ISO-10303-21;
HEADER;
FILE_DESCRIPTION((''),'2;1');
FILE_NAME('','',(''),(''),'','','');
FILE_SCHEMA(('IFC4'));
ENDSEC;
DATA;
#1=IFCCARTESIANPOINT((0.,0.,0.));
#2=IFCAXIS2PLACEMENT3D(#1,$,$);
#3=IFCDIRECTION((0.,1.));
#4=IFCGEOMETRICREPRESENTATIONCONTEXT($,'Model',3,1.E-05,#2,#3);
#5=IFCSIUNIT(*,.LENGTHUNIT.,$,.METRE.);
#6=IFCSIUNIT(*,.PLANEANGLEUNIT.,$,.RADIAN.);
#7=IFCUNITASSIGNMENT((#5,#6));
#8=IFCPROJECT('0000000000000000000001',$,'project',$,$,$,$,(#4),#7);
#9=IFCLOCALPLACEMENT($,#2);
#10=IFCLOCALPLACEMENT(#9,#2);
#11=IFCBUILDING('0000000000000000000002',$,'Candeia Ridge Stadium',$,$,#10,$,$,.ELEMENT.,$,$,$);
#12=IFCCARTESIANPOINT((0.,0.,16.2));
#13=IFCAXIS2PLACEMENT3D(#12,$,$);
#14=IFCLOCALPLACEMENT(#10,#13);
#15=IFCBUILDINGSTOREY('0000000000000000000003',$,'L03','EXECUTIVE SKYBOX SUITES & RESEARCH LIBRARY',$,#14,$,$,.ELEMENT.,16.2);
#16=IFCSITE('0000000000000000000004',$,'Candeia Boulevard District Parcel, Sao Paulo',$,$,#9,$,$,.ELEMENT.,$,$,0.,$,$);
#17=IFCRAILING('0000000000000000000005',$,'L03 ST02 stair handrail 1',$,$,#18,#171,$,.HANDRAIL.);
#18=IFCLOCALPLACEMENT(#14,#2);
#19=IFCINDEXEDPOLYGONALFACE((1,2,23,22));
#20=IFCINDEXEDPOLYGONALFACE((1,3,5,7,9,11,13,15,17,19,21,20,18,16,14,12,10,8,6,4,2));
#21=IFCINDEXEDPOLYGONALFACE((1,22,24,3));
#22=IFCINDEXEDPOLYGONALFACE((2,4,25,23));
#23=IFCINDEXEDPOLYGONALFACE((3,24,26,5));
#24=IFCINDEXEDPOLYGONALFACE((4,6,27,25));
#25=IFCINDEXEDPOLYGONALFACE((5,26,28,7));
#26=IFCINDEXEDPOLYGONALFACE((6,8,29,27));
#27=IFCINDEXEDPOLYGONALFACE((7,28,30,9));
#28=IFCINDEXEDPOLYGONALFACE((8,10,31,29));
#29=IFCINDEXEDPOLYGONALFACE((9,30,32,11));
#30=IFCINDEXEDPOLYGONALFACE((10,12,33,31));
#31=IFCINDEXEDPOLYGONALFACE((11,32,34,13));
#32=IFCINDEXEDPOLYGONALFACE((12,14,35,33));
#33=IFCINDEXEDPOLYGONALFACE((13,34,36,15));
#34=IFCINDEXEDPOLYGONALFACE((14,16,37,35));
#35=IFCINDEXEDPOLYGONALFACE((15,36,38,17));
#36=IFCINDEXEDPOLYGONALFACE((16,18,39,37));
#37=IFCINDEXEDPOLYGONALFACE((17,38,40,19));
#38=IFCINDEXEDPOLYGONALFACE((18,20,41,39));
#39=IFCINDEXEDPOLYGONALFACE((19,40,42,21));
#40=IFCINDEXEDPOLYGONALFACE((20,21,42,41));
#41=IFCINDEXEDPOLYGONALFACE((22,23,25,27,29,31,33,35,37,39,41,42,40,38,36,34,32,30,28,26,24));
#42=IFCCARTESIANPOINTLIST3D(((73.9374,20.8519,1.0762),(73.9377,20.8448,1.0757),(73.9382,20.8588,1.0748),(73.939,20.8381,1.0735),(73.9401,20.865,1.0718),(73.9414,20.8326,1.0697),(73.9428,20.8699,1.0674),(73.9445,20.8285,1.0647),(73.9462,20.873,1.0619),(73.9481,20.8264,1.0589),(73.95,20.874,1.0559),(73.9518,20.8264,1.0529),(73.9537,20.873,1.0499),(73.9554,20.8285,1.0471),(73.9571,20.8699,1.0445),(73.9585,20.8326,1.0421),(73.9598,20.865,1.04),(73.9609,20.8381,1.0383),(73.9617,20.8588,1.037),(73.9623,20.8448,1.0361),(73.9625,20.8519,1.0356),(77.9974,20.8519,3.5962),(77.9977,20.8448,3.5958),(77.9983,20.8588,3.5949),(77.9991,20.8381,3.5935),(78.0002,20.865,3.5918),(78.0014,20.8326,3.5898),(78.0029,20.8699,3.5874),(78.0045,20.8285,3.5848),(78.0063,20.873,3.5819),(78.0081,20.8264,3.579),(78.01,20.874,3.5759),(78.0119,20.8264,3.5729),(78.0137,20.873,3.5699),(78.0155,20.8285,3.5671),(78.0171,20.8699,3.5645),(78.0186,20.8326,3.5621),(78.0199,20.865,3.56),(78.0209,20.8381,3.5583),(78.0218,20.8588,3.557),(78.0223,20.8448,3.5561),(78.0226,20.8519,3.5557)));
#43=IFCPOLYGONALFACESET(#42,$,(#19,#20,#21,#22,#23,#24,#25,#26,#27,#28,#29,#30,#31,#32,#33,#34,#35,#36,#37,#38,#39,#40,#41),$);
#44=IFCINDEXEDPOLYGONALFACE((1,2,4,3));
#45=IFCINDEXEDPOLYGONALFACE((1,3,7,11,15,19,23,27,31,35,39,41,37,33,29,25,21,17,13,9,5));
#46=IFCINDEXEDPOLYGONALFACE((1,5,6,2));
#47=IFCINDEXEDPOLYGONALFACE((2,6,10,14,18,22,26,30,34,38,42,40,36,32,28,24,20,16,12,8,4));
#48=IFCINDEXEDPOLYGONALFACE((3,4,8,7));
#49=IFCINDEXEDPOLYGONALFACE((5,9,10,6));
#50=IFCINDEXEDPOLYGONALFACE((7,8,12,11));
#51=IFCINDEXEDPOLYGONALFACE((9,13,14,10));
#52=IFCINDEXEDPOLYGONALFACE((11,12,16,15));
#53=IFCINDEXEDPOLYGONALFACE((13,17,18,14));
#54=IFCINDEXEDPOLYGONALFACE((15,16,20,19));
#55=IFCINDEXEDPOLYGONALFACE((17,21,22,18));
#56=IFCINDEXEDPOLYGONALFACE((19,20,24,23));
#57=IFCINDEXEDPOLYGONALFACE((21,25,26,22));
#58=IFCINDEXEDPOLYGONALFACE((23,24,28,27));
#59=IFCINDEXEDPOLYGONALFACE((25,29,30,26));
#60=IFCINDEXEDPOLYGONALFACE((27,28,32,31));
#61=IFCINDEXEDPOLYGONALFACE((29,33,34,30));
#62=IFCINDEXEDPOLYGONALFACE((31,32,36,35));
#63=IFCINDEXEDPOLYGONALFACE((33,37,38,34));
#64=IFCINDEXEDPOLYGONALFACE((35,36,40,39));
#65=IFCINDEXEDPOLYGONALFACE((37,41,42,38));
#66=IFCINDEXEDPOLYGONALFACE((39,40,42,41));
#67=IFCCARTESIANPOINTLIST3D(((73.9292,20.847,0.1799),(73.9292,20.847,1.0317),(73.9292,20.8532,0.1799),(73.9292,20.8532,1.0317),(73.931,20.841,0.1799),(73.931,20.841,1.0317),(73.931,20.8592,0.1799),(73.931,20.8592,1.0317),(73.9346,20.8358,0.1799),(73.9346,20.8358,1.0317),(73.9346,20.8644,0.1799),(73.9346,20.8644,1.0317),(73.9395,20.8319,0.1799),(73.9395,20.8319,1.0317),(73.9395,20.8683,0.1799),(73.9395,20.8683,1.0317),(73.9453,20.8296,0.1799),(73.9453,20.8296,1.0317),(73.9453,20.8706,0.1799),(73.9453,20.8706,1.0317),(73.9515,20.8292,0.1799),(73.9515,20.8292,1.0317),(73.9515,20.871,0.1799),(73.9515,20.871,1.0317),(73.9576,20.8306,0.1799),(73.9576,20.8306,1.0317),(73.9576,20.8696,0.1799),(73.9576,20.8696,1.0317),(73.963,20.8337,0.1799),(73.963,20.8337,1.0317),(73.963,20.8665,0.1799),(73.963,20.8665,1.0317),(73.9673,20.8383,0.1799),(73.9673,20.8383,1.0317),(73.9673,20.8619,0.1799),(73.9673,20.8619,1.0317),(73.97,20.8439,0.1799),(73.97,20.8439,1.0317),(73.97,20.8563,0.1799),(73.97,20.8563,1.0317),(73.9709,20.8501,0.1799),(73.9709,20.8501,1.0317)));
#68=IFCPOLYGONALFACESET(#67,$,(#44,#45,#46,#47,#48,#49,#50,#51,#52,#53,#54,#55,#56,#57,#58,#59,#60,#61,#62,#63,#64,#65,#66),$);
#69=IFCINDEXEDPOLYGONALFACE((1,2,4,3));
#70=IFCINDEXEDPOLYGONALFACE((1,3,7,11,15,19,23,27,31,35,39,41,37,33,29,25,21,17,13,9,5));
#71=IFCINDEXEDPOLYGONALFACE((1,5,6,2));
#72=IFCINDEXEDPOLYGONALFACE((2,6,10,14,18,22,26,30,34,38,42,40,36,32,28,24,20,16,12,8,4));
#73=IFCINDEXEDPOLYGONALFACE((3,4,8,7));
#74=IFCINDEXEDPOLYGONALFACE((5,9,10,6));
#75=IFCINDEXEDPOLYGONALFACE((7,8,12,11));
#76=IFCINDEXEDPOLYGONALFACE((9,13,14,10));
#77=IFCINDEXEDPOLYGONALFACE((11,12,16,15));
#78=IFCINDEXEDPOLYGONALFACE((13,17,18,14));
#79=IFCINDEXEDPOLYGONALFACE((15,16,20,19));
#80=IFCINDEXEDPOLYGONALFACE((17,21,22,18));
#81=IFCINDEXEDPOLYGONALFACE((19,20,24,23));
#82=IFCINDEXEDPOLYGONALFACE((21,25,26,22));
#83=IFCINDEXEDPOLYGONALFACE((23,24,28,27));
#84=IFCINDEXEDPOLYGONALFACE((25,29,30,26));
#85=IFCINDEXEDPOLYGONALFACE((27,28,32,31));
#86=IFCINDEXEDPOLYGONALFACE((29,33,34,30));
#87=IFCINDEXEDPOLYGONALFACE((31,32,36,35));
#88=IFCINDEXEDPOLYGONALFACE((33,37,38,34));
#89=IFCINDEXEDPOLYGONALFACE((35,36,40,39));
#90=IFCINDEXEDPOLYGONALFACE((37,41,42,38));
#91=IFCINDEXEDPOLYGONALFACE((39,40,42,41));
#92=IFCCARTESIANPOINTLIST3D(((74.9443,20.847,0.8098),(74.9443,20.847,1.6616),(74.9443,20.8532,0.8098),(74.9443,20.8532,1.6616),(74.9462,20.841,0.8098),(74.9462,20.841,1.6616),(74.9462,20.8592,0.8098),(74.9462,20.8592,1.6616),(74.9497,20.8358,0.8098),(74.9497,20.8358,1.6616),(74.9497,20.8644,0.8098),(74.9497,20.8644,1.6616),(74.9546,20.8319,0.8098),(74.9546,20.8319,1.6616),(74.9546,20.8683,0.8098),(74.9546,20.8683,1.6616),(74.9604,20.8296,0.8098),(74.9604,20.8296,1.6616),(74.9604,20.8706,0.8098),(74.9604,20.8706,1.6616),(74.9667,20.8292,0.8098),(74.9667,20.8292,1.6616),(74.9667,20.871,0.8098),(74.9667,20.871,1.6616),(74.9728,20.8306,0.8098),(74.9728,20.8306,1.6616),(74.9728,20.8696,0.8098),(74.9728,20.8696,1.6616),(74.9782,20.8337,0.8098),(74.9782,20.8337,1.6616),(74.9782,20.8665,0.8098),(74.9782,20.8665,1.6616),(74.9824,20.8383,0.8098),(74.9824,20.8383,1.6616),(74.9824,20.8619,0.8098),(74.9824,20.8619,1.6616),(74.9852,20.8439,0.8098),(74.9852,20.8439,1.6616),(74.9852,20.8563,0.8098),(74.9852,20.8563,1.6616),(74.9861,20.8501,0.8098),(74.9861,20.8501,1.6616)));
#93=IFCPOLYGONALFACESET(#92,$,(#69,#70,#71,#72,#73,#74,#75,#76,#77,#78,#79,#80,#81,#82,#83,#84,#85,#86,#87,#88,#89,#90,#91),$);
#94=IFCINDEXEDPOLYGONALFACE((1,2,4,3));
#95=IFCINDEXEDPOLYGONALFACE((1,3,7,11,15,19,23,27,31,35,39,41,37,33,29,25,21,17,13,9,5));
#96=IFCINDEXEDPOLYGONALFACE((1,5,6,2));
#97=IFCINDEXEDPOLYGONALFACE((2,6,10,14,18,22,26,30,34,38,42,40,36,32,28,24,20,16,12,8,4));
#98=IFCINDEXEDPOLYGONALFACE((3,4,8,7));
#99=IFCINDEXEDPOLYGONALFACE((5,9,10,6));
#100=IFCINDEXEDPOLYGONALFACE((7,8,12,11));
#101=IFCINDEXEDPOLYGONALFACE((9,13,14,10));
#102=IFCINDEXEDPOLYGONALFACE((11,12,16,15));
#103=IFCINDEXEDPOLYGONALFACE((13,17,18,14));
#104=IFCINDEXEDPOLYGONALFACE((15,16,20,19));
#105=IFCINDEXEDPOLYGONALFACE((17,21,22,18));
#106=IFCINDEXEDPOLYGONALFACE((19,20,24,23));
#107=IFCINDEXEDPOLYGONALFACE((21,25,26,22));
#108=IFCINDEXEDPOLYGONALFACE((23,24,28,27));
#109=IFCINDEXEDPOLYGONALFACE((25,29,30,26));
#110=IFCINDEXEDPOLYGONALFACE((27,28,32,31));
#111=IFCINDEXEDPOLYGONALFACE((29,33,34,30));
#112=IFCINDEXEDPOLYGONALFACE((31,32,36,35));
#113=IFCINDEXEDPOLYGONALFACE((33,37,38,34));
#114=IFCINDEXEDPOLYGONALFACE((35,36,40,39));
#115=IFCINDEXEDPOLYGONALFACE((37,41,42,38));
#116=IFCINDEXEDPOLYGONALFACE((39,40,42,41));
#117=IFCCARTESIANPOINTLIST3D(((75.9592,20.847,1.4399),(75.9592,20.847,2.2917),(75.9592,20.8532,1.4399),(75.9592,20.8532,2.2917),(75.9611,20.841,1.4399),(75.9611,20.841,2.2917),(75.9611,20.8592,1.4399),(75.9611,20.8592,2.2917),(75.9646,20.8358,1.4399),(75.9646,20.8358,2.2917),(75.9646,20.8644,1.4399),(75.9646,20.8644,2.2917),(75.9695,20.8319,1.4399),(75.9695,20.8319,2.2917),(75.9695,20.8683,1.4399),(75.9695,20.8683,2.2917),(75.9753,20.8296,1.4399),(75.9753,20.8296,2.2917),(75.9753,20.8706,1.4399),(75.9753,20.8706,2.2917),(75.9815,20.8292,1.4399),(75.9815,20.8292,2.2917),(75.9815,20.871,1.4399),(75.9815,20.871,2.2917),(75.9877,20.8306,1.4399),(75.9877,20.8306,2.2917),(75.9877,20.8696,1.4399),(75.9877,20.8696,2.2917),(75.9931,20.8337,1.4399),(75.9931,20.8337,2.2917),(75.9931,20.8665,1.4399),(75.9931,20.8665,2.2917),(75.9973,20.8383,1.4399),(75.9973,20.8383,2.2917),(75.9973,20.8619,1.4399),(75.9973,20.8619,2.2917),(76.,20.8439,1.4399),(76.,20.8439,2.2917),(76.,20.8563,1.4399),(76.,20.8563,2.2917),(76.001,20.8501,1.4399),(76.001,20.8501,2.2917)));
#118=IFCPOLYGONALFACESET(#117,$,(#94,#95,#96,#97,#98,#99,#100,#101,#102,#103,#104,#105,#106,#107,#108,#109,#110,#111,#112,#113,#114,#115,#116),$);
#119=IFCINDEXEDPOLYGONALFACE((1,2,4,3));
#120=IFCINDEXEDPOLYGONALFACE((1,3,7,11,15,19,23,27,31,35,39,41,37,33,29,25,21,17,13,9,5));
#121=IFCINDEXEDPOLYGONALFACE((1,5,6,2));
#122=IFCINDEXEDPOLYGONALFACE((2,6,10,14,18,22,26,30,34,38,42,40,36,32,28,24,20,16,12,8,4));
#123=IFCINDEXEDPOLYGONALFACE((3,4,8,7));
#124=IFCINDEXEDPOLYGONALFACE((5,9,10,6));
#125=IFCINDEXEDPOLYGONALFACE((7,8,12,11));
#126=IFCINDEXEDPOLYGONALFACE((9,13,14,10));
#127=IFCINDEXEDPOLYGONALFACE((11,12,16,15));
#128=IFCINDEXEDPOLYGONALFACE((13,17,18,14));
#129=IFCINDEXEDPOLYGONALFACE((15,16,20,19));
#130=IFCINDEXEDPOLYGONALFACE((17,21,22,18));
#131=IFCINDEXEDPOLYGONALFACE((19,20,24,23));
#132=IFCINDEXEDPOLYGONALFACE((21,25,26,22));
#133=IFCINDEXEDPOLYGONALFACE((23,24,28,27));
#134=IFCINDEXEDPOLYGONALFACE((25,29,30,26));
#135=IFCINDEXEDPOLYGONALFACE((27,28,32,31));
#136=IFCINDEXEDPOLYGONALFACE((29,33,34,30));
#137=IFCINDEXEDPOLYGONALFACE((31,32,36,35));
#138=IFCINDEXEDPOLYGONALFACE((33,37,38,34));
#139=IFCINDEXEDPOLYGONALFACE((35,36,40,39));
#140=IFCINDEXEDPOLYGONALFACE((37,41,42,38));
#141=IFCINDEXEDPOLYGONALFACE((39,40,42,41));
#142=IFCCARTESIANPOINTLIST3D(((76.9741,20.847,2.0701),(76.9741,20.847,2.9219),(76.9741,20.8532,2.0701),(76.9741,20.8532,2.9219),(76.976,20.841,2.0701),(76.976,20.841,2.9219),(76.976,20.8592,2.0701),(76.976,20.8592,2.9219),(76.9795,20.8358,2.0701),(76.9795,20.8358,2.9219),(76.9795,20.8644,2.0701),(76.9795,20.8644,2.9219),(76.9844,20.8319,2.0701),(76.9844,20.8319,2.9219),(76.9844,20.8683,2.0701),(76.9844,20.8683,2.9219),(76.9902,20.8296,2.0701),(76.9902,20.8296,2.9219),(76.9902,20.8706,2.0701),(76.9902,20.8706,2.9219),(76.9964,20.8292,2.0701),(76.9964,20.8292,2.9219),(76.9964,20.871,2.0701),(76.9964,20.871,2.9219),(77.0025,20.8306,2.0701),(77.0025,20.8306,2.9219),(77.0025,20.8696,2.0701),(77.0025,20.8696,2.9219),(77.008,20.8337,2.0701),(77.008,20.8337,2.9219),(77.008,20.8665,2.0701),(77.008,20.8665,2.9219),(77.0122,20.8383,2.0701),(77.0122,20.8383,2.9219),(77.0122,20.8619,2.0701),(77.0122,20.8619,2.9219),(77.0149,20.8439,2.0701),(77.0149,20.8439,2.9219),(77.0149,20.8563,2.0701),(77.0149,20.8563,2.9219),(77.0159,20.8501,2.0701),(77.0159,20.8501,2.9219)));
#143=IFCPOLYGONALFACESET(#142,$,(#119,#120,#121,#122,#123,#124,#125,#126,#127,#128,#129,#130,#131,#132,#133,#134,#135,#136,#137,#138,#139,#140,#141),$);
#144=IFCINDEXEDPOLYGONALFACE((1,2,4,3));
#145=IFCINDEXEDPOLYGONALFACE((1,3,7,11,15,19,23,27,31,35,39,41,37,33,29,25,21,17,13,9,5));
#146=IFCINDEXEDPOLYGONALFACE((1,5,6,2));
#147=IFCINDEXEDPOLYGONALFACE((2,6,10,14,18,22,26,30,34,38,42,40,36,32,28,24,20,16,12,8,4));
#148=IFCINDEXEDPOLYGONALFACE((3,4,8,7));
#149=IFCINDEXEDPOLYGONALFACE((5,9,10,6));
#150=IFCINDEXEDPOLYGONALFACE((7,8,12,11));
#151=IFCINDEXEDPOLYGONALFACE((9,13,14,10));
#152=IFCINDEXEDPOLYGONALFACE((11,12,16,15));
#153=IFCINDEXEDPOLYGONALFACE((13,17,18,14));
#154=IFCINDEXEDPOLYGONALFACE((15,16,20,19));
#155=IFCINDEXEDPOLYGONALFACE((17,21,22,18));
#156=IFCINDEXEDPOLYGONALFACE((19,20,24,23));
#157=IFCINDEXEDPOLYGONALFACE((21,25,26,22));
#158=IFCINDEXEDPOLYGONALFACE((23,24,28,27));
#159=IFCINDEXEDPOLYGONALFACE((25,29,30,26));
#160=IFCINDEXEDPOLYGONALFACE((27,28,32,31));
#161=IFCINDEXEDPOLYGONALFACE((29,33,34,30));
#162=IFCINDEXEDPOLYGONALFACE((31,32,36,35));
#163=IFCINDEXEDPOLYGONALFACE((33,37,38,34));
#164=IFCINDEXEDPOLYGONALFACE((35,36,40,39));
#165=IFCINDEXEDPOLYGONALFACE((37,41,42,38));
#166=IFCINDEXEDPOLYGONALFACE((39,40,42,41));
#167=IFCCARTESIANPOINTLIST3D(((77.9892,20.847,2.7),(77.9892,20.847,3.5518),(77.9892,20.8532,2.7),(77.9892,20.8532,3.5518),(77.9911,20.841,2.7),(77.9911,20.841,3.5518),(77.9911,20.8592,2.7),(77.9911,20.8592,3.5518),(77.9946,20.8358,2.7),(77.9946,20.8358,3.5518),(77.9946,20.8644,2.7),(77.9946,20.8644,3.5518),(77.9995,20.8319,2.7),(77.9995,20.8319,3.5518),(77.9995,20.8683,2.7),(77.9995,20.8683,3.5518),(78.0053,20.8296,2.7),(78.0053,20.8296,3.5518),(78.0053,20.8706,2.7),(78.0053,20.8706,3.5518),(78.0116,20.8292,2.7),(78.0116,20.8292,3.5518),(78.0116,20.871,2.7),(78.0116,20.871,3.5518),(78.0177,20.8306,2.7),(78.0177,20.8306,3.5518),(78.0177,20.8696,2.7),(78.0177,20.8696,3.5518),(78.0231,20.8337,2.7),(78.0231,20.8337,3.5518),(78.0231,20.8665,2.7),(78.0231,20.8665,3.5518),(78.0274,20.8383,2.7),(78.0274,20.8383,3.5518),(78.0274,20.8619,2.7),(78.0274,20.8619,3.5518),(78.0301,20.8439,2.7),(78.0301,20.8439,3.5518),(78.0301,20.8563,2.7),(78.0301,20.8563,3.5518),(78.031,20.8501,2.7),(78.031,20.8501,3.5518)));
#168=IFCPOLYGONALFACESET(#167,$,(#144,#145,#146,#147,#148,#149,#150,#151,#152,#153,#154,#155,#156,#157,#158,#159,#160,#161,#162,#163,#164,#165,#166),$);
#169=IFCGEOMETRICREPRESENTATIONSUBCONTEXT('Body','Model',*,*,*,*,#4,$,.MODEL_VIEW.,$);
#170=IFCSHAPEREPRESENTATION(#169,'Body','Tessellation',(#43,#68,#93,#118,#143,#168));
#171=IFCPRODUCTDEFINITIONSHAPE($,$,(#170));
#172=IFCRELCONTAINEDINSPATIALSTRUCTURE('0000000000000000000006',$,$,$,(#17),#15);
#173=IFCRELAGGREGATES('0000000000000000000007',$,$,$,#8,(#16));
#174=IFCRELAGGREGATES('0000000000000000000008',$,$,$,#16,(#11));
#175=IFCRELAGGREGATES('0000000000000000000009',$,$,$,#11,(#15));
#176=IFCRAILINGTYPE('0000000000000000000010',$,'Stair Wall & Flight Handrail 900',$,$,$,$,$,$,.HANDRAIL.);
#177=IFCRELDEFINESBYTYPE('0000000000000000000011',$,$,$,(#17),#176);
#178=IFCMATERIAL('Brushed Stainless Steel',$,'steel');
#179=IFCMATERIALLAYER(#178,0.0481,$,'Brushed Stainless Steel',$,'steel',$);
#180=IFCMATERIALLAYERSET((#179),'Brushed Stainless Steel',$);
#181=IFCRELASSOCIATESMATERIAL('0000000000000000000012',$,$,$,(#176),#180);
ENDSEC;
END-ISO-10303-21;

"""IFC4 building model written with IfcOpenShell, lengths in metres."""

from ifc_helpers import new_model, si_unit, direction, frame, origin, origin_2d, place, context, subcontext, project, spatial, circle, extrude, material, layer, layer_set, type_object, element, save


model = new_model("IFC4")

# Units and contexts
model_context = context("Model", 3, precision=1e-05, world=origin(), true_north=direction((0.0, 1.0)))
body_context = subcontext(model_context, "Body", "Model", "MODEL_VIEW")
ifc_project = project(units=[si_unit("LENGTHUNIT", "METRE"), si_unit("PLANEANGLEUNIT", "RADIAN")], contexts=[model_context])

# Site, building, storey
site_placement = place(None, origin())
site = spatial("IfcSite", under=ifc_project, at=site_placement, Name="Candeia Boulevard District Parcel, Sao Paulo", CompositionType="ELEMENT", RefElevation=0.0)
building_placement = place(site_placement, origin())
building = spatial("IfcBuilding", under=site, at=building_placement, Name="Candeia Ridge Stadium", CompositionType="ELEMENT")
storey_placement = place(building_placement, frame((0.0, 0.0, 16.2)))
storey = spatial("IfcBuildingStorey", under=building, at=storey_placement, Name="L03", Description="EXECUTIVE SKYBOX SUITES & RESEARCH LIBRARY", CompositionType="ELEMENT", Elevation=16.2)

# Railing
ifc_material_1 = material(Name="Brushed Stainless Steel", Category="steel")
ifc_layer_1 = layer(ifc_material_1, 0.0481, Name="Brushed Stainless Steel", Category="steel")
ifc_layer_set_1 = layer_set([ifc_layer_1], Name="Brushed Stainless Steel")
railing_type_1 = type_object("IfcRailingType", Name="Stair Wall & Flight Handrail 900", PredefinedType="HANDRAIL", material=ifc_layer_set_1)
railing_1_placement = place(storey_placement, frame((73.95, 20.8501, 0.1799)))
element("IfcRailing", 1, at=railing_1_placement, inside=storey, type_object=railing_type_1, Name="L03 ST02 stair handrail 1", PredefinedType="HANDRAIL", context=body_context, shape_type="SweptSolid", body=[
    extrude(circle(Radius=0.0239, at=origin_2d()), frame((0.0, 0.0, 0.876), z_axis=(0.849642, 0.0, 0.52736), x_axis=(0.0, 1.0, 0.0)), (0.0, 0.0, 1.0), 4.7786),
    extrude(circle(Radius=0.021, at=origin_2d()), origin(), (0.0, 0.0, 1.0), 0.8518),
    extrude(circle(Radius=0.021, at=origin_2d()), frame((1.0151, 0.0, 0.6299)), (0.0, 0.0, 1.0), 0.8518),
    extrude(circle(Radius=0.021, at=origin_2d()), frame((2.03, 0.0, 1.26)), (0.0, 0.0, 1.0), 0.8518),
    extrude(circle(Radius=0.021, at=origin_2d()), frame((3.0449, 0.0, 1.8901)), (0.0, 0.0, 1.0), 0.8518),
    extrude(circle(Radius=0.021, at=origin_2d()), frame((4.0601, 0.0, 2.52)), (0.0, 0.0, 1.0), 0.8518),
])

save(model, "model.ifc")
